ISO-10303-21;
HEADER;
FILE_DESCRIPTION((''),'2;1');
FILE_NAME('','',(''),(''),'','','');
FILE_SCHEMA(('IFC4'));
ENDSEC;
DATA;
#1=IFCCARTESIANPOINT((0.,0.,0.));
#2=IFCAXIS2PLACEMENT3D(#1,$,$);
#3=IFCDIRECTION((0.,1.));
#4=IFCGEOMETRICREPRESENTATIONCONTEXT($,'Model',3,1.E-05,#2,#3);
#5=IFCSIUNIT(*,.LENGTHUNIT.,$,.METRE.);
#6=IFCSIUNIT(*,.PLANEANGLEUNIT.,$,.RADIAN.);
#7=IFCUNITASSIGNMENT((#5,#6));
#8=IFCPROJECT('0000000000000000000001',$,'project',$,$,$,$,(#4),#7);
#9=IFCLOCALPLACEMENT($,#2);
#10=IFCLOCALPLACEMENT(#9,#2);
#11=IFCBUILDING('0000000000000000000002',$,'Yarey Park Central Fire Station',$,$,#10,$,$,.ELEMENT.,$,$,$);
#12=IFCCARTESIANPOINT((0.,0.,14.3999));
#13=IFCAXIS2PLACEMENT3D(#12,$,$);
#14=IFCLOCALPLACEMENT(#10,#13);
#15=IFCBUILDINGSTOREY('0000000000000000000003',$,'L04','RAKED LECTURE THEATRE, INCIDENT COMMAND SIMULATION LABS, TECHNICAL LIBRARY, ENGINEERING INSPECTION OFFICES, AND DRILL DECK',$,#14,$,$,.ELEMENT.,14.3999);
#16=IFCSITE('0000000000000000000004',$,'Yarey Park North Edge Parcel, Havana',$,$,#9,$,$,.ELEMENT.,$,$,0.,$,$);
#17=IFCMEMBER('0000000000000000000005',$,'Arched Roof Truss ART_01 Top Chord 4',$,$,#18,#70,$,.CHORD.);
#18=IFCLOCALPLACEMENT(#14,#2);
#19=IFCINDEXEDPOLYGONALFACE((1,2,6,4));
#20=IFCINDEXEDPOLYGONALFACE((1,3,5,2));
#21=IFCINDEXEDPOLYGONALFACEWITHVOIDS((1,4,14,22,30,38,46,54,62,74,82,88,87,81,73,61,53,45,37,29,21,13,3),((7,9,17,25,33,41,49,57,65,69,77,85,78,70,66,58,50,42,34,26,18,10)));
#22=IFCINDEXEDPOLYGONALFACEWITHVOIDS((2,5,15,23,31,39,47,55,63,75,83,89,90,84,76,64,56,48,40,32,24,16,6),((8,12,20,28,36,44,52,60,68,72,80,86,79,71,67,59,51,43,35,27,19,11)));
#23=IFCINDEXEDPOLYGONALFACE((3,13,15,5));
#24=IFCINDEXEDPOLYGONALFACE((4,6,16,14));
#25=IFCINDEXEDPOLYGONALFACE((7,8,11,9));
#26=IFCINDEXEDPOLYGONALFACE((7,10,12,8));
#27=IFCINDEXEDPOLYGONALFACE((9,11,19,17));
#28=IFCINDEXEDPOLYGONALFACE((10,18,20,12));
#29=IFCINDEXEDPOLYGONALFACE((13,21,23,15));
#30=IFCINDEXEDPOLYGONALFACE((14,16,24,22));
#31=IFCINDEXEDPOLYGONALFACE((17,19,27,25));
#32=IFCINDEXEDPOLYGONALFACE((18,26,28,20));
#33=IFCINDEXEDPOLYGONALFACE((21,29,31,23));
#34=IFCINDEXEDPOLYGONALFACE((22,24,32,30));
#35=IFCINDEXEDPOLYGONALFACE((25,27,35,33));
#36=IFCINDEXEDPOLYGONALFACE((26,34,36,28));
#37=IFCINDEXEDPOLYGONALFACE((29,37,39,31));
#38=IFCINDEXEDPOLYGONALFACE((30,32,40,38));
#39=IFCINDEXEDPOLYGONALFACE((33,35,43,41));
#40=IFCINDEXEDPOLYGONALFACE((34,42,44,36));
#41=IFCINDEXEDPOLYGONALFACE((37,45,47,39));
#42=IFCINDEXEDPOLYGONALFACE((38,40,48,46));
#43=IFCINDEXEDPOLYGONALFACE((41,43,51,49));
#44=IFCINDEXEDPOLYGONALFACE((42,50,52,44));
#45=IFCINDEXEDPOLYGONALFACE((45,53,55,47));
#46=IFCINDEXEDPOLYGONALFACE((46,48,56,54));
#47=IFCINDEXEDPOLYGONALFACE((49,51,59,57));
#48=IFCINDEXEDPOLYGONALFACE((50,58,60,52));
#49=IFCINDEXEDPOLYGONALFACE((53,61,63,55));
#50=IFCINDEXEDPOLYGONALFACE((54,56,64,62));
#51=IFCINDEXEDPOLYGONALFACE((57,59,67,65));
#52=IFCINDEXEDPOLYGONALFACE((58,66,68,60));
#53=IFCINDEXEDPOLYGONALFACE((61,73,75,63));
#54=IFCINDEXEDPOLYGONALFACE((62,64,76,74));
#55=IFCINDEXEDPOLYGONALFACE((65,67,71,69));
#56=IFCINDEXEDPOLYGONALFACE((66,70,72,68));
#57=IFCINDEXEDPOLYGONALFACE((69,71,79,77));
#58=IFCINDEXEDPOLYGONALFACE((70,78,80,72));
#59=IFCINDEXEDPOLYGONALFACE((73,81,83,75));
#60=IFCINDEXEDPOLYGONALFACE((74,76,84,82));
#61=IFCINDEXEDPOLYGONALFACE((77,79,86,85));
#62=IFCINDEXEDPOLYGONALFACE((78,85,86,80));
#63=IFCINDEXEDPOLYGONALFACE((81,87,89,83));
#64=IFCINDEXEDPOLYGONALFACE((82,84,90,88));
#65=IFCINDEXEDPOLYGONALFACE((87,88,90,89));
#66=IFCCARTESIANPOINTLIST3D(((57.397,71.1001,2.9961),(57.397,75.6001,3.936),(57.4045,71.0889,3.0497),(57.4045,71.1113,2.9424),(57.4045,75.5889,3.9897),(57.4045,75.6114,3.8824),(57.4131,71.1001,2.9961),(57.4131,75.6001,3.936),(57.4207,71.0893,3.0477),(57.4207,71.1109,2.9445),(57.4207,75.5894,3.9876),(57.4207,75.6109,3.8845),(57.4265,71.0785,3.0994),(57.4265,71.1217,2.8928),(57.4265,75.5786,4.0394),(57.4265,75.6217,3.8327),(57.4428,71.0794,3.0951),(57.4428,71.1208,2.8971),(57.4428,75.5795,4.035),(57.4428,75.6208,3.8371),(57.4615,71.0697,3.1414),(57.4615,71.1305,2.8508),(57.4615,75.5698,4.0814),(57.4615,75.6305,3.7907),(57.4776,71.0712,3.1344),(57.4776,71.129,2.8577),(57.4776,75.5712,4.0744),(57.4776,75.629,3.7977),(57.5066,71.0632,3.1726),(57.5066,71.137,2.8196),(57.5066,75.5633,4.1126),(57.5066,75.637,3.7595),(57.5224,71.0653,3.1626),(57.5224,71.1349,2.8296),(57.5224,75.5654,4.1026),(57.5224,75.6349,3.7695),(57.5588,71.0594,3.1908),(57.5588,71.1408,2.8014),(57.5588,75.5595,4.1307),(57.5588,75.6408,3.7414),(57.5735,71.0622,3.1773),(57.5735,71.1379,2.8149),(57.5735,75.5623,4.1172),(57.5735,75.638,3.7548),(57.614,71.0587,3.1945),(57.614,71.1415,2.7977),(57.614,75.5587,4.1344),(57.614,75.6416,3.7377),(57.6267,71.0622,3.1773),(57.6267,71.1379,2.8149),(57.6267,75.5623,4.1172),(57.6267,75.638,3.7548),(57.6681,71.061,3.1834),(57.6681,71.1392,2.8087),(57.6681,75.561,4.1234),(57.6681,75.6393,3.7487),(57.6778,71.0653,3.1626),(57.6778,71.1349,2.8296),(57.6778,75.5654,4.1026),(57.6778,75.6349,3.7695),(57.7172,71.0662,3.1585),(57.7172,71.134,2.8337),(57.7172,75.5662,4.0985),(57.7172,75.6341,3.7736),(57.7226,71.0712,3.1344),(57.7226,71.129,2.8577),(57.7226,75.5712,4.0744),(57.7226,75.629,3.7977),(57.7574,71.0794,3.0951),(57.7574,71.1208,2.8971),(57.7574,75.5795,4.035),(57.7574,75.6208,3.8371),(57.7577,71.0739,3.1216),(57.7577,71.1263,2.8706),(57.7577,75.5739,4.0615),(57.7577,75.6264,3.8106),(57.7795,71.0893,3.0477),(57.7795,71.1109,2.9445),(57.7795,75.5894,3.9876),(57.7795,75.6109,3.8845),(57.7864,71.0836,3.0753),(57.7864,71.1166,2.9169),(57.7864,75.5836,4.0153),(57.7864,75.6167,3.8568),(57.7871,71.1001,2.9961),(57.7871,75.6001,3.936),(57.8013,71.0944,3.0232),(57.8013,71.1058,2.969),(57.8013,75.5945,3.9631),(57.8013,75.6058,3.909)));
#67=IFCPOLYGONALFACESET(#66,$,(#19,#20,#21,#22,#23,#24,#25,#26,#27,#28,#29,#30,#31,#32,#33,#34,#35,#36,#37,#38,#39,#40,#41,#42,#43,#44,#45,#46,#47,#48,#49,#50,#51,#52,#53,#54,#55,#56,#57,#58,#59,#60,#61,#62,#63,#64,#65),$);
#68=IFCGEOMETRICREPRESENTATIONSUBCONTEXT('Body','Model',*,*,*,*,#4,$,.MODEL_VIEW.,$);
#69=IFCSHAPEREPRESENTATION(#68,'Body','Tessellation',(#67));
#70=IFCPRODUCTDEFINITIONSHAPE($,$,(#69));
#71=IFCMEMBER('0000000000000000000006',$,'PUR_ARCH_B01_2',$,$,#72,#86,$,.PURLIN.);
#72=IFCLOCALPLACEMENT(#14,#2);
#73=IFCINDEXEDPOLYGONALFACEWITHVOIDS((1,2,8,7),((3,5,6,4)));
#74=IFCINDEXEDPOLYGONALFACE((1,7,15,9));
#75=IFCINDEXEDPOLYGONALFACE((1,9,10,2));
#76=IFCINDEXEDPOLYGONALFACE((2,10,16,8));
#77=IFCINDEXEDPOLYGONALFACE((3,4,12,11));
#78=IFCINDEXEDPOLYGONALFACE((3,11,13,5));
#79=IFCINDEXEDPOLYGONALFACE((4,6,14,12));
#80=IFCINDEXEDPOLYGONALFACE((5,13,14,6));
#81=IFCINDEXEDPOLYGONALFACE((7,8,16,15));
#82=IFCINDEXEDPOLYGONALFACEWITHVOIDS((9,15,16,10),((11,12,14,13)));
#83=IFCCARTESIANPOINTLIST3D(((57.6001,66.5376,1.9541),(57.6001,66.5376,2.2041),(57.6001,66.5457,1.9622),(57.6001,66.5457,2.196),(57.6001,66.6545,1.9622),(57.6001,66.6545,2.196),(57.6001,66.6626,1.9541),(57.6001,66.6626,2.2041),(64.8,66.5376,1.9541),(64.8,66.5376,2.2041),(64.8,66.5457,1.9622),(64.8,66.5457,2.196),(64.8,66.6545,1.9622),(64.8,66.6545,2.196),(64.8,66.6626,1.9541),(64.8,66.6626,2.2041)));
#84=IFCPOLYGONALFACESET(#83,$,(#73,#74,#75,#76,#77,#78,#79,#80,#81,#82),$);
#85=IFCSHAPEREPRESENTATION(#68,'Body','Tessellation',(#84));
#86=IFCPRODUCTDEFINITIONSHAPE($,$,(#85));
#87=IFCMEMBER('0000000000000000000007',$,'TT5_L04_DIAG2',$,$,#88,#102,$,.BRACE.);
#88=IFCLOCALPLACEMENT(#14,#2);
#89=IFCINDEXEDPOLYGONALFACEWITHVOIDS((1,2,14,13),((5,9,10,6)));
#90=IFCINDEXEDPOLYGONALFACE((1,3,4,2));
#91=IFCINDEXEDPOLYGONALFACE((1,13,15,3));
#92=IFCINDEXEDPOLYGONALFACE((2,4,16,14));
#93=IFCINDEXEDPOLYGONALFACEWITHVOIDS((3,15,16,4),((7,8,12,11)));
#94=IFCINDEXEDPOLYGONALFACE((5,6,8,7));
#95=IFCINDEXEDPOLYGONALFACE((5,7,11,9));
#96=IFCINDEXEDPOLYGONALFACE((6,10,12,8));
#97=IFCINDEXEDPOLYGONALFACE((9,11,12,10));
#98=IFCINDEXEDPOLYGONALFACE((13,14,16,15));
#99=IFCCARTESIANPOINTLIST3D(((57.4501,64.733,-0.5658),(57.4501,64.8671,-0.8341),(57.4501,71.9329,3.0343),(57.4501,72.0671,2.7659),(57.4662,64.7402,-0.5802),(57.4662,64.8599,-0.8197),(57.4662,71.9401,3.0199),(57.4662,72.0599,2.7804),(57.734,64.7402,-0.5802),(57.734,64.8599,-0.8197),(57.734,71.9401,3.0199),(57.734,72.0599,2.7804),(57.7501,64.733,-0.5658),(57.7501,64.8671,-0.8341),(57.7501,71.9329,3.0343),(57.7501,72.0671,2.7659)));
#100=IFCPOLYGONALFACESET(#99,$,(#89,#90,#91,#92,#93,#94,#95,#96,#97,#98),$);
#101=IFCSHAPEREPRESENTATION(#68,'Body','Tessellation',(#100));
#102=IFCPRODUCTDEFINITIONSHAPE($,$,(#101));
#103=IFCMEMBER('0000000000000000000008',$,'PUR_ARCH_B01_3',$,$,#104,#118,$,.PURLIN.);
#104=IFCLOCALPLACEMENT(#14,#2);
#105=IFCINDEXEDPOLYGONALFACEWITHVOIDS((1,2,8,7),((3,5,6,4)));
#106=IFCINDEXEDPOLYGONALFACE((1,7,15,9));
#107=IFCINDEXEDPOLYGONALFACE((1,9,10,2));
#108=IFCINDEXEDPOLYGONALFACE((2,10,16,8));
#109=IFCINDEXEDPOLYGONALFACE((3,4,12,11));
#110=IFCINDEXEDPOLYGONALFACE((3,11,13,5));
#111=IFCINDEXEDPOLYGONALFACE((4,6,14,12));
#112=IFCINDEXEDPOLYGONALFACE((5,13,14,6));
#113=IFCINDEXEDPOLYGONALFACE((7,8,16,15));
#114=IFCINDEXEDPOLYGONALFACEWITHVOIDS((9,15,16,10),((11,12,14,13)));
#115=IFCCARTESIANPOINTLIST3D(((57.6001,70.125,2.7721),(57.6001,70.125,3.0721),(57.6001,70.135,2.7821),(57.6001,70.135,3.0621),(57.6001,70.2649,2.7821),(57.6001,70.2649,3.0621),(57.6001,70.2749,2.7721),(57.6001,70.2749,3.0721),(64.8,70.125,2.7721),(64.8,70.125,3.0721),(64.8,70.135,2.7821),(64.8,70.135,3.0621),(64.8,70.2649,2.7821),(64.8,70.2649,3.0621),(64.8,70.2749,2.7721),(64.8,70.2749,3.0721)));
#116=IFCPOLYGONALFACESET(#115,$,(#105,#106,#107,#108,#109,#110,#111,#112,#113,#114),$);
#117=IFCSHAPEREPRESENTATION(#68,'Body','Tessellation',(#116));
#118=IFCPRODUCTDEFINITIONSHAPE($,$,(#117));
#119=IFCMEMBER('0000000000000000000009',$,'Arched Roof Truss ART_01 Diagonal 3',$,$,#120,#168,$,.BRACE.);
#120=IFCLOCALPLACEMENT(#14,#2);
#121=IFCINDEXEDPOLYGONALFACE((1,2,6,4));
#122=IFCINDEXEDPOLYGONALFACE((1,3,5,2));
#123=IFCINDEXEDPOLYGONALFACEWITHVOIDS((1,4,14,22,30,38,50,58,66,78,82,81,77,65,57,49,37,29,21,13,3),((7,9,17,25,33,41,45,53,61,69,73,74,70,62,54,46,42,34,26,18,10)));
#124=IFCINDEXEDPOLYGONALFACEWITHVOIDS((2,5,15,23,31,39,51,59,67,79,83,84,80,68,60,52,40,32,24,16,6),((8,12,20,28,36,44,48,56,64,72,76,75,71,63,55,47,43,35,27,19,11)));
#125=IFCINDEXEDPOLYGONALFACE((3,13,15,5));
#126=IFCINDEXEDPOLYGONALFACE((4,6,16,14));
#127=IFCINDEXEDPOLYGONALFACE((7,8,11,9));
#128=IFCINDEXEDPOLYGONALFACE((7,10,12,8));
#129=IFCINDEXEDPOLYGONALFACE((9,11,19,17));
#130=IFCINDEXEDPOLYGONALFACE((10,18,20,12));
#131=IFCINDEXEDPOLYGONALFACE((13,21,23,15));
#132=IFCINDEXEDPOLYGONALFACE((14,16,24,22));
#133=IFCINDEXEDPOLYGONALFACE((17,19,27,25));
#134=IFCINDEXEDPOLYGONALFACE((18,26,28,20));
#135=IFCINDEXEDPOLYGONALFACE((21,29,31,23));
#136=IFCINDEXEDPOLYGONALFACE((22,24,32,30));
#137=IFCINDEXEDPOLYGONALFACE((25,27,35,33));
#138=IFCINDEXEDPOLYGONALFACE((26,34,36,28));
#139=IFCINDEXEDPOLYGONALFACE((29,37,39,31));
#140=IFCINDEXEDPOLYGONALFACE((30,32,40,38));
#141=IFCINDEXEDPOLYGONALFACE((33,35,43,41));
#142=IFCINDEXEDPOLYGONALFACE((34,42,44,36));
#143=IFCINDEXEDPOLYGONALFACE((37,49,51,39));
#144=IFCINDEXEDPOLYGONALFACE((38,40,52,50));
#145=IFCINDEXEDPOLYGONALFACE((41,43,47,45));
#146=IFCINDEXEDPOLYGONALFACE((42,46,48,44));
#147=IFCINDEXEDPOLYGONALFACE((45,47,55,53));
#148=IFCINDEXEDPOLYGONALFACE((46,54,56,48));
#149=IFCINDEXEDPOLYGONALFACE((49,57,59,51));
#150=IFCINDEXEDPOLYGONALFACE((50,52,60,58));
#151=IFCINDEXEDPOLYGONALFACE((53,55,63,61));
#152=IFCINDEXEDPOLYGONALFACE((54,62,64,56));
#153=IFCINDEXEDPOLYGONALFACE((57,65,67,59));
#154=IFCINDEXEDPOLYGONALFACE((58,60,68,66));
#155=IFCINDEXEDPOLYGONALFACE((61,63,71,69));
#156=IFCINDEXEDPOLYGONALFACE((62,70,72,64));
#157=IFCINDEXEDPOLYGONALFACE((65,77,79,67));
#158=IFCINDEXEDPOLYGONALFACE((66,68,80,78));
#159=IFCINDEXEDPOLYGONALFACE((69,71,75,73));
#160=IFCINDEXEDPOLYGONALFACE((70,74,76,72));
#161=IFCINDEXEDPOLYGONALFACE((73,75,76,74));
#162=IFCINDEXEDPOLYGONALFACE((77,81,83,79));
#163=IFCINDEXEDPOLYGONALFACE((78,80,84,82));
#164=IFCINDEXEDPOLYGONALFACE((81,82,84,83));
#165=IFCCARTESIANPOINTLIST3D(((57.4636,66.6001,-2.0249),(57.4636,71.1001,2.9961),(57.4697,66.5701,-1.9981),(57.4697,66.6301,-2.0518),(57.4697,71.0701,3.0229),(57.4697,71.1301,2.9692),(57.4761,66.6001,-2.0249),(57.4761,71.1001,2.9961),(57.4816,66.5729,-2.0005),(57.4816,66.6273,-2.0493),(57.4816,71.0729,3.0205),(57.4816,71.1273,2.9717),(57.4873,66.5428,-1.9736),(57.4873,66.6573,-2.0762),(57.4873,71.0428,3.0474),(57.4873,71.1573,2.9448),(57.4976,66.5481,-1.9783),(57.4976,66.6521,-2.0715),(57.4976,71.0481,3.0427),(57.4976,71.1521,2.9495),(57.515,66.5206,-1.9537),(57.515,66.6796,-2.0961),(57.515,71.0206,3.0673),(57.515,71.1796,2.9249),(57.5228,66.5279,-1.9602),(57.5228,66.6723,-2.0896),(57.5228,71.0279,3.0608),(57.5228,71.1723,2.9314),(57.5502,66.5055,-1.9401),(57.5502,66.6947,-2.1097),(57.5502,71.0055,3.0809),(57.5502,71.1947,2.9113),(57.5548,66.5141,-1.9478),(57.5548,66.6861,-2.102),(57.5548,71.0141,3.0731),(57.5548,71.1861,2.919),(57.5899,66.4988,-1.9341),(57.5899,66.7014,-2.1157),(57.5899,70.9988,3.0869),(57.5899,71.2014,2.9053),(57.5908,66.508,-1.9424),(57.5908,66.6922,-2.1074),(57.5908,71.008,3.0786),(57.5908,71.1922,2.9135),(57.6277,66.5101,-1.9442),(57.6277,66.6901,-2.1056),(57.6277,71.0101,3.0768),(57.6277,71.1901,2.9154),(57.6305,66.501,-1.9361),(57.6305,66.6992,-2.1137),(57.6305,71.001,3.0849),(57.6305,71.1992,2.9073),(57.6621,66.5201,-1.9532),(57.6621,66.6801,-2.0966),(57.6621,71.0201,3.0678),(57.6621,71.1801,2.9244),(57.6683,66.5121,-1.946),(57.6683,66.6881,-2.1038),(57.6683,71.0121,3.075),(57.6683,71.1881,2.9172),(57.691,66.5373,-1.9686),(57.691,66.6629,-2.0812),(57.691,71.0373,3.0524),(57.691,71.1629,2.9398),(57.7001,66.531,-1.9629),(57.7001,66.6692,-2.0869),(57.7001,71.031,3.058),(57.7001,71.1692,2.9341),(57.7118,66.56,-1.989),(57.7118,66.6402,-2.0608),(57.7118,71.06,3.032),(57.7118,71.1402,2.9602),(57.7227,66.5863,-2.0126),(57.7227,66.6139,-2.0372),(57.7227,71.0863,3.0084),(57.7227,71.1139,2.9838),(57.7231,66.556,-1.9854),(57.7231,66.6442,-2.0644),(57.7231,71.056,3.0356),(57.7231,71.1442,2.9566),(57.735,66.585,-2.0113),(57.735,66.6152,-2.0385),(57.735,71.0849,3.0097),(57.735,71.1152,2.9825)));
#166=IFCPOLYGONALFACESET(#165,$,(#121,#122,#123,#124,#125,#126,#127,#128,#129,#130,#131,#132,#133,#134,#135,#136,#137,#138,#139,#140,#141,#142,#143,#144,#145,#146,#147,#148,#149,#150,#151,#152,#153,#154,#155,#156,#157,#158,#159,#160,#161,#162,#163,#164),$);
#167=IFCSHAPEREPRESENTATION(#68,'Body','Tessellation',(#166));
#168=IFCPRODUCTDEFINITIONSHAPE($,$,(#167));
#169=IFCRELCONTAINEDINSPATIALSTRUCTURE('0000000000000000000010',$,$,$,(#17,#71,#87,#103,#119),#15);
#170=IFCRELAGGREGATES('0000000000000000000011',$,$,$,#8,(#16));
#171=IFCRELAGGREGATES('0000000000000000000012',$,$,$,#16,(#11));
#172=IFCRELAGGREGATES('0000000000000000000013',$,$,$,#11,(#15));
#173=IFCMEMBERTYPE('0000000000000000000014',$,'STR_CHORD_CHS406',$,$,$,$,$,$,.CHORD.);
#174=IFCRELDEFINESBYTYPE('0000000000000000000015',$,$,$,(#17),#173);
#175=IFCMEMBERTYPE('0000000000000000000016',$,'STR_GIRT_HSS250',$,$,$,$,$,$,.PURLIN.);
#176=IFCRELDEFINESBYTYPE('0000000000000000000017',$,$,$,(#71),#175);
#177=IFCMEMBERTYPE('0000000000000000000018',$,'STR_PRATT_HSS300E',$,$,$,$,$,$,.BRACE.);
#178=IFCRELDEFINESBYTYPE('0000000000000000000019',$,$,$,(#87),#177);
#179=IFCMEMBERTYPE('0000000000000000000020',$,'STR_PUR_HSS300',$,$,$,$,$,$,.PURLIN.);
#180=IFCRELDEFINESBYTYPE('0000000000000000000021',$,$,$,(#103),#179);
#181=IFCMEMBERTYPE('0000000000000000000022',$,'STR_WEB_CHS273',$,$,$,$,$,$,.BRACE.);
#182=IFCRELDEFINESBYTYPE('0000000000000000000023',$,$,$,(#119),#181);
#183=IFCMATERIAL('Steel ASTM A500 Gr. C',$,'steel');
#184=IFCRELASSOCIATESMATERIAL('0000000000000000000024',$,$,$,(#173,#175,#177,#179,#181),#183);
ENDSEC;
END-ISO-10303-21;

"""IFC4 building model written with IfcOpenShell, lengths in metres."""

from ifc_helpers import new_model, si_unit, direction, frame, origin, origin_2d, place, context, subcontext, project, spatial, hollow_rectangle, hollow_circle, extrude, material, material_profile, profile_set, type_object, element, save


model = new_model("IFC4")

# Units and contexts
model_context = context("Model", 3, precision=1e-05, world=origin(), true_north=direction((0.0, 1.0)))
body_context = subcontext(model_context, "Body", "Model", "MODEL_VIEW")
ifc_project = project(units=[si_unit("LENGTHUNIT", "METRE"), si_unit("PLANEANGLEUNIT", "RADIAN")], contexts=[model_context])

# Site, building, storey
site_placement = place(None, origin())
site = spatial("IfcSite", under=ifc_project, at=site_placement, Name="Yarey Park North Edge Parcel, Havana", CompositionType="ELEMENT", RefElevation=0.0)
building_placement = place(site_placement, origin())
building = spatial("IfcBuilding", under=site, at=building_placement, Name="Yarey Park Central Fire Station", CompositionType="ELEMENT")
storey_placement = place(building_placement, frame((0.0, 0.0, 14.3999)))
storey = spatial("IfcBuildingStorey", under=building, at=storey_placement, Name="L04", Description="RAKED LECTURE THEATRE, INCIDENT COMMAND SIMULATION LABS, TECHNICAL LIBRARY, ENGINEERING INSPECTION OFFICES, AND DRILL DECK", CompositionType="ELEMENT", Elevation=14.3999)

# Members
ifc_material_1 = material(Name="Steel ASTM A500 Gr. C", Category="steel")
ifc_material_profile_1 = material_profile(ifc_material_1, hollow_circle(Radius=0.2031, WallThickness=0.0161, at=origin_2d()), Name="CHS 406.4x16")
ifc_profile_set_1 = profile_set([ifc_material_profile_1], Name="Steel ASTM A500 Gr. C")
member_type_1 = type_object("IfcMemberType", Name="STR_CHORD_CHS406", PredefinedType="CHORD", material=ifc_profile_set_1)
member_1_placement = place(storey_placement, frame((57.6001, 71.1001, 2.9961), z_axis=(0.0, 0.978874, 0.204463), x_axis=(-1.0, 0.0, 0.0)))
element("IfcMember", 1, at=member_1_placement, inside=storey, type_object=member_type_1, Name="Arched Roof Truss ART_01 Top Chord 4", PredefinedType="CHORD", context=body_context, shape_type="SweptSolid", body=[
    extrude(hollow_circle(Radius=0.2031, WallThickness=0.0161, at=origin_2d()), origin(), (0.0, 0.0, 1.0), 4.5972),
])
ifc_material_profile_2 = material_profile(ifc_material_1, hollow_rectangle(XDim=0.125, YDim=0.25, WallThickness=0.0081, at=origin_2d()), Name="HSS 250x125x8")
ifc_profile_set_2 = profile_set([ifc_material_profile_2], Name="Steel ASTM A500 Gr. C")
member_type_2 = type_object("IfcMemberType", Name="STR_GIRT_HSS250", PredefinedType="PURLIN", material=ifc_profile_set_2)
member_2_placement = place(storey_placement, frame((57.6001, 66.6001, 2.0791), z_axis=(1.0, 0.0, 0.0), x_axis=(0.0, 1.0, 0.0)))
element("IfcMember", 2, at=member_2_placement, inside=storey, type_object=member_type_2, Name="PUR_ARCH_B01_2", PredefinedType="PURLIN", context=body_context, shape_type="SweptSolid", body=[
    extrude(hollow_rectangle(XDim=0.125, YDim=0.25, WallThickness=0.0081, at=origin_2d()), origin(), (0.0, 0.0, 1.0), 7.2),
])
ifc_material_profile_3 = material_profile(ifc_material_1, hollow_rectangle(XDim=0.3, YDim=0.3, WallThickness=0.0161, at=origin_2d()), Name="HSS 300x300x16")
ifc_profile_set_3 = profile_set([ifc_material_profile_3], Name="Steel ASTM A500 Gr. C")
member_type_3 = type_object("IfcMemberType", Name="STR_PRATT_HSS300E", PredefinedType="BRACE", material=ifc_profile_set_3)
member_3_placement = place(storey_placement, frame((57.6001, 64.8, -0.7), z_axis=(0.0, 0.894421, 0.447226), x_axis=(-1.0, 0.0, 0.0)))
element("IfcMember", 3, at=member_3_placement, inside=storey, type_object=member_type_3, Name="TT5_L04_DIAG2", PredefinedType="BRACE", context=body_context, shape_type="SweptSolid", body=[
    extrude(hollow_rectangle(XDim=0.3, YDim=0.3, WallThickness=0.0161, at=origin_2d()), origin(), (0.0, 0.0, 1.0), 8.0498),
])
ifc_material_profile_4 = material_profile(ifc_material_1, hollow_rectangle(XDim=0.1499, YDim=0.3, WallThickness=0.01, at=origin_2d()), Name="HSS 300x150x10")
ifc_profile_set_4 = profile_set([ifc_material_profile_4], Name="Steel ASTM A500 Gr. C")
member_type_4 = type_object("IfcMemberType", Name="STR_PUR_HSS300", PredefinedType="PURLIN", material=ifc_profile_set_4)
member_4_placement = place(storey_placement, frame((57.6001, 70.2, 2.9221), z_axis=(1.0, 0.0, 0.0), x_axis=(0.0, 1.0, 0.0)))
element("IfcMember", 4, at=member_4_placement, inside=storey, type_object=member_type_4, Name="PUR_ARCH_B01_3", PredefinedType="PURLIN", context=body_context, shape_type="SweptSolid", body=[
    extrude(hollow_rectangle(XDim=0.1499, YDim=0.3, WallThickness=0.01, at=origin_2d()), origin(), (0.0, 0.0, 1.0), 7.2),
])
ifc_material_profile_5 = material_profile(ifc_material_1, hollow_circle(Radius=0.1365, WallThickness=0.0125, at=origin_2d()), Name="CHS 273x12.5")
ifc_profile_set_5 = profile_set([ifc_material_profile_5], Name="Steel ASTM A500 Gr. C")
member_type_5 = type_object("IfcMemberType", Name="STR_WEB_CHS273", PredefinedType="BRACE", material=ifc_profile_set_5)
member_5_placement = place(storey_placement, frame((57.6001, 66.6001, -2.0249), z_axis=(0.0, 0.667415, 0.744686), x_axis=(-1.0, 0.0, 0.0)))
element("IfcMember", 5, at=member_5_placement, inside=storey, type_object=member_type_5, Name="Arched Roof Truss ART_01 Diagonal 3", PredefinedType="BRACE", context=body_context, shape_type="SweptSolid", body=[
    extrude(hollow_circle(Radius=0.1365, WallThickness=0.0125, at=origin_2d()), origin(), (0.0, 0.0, 1.0), 6.7424),
])

save(model, "model.ifc")
